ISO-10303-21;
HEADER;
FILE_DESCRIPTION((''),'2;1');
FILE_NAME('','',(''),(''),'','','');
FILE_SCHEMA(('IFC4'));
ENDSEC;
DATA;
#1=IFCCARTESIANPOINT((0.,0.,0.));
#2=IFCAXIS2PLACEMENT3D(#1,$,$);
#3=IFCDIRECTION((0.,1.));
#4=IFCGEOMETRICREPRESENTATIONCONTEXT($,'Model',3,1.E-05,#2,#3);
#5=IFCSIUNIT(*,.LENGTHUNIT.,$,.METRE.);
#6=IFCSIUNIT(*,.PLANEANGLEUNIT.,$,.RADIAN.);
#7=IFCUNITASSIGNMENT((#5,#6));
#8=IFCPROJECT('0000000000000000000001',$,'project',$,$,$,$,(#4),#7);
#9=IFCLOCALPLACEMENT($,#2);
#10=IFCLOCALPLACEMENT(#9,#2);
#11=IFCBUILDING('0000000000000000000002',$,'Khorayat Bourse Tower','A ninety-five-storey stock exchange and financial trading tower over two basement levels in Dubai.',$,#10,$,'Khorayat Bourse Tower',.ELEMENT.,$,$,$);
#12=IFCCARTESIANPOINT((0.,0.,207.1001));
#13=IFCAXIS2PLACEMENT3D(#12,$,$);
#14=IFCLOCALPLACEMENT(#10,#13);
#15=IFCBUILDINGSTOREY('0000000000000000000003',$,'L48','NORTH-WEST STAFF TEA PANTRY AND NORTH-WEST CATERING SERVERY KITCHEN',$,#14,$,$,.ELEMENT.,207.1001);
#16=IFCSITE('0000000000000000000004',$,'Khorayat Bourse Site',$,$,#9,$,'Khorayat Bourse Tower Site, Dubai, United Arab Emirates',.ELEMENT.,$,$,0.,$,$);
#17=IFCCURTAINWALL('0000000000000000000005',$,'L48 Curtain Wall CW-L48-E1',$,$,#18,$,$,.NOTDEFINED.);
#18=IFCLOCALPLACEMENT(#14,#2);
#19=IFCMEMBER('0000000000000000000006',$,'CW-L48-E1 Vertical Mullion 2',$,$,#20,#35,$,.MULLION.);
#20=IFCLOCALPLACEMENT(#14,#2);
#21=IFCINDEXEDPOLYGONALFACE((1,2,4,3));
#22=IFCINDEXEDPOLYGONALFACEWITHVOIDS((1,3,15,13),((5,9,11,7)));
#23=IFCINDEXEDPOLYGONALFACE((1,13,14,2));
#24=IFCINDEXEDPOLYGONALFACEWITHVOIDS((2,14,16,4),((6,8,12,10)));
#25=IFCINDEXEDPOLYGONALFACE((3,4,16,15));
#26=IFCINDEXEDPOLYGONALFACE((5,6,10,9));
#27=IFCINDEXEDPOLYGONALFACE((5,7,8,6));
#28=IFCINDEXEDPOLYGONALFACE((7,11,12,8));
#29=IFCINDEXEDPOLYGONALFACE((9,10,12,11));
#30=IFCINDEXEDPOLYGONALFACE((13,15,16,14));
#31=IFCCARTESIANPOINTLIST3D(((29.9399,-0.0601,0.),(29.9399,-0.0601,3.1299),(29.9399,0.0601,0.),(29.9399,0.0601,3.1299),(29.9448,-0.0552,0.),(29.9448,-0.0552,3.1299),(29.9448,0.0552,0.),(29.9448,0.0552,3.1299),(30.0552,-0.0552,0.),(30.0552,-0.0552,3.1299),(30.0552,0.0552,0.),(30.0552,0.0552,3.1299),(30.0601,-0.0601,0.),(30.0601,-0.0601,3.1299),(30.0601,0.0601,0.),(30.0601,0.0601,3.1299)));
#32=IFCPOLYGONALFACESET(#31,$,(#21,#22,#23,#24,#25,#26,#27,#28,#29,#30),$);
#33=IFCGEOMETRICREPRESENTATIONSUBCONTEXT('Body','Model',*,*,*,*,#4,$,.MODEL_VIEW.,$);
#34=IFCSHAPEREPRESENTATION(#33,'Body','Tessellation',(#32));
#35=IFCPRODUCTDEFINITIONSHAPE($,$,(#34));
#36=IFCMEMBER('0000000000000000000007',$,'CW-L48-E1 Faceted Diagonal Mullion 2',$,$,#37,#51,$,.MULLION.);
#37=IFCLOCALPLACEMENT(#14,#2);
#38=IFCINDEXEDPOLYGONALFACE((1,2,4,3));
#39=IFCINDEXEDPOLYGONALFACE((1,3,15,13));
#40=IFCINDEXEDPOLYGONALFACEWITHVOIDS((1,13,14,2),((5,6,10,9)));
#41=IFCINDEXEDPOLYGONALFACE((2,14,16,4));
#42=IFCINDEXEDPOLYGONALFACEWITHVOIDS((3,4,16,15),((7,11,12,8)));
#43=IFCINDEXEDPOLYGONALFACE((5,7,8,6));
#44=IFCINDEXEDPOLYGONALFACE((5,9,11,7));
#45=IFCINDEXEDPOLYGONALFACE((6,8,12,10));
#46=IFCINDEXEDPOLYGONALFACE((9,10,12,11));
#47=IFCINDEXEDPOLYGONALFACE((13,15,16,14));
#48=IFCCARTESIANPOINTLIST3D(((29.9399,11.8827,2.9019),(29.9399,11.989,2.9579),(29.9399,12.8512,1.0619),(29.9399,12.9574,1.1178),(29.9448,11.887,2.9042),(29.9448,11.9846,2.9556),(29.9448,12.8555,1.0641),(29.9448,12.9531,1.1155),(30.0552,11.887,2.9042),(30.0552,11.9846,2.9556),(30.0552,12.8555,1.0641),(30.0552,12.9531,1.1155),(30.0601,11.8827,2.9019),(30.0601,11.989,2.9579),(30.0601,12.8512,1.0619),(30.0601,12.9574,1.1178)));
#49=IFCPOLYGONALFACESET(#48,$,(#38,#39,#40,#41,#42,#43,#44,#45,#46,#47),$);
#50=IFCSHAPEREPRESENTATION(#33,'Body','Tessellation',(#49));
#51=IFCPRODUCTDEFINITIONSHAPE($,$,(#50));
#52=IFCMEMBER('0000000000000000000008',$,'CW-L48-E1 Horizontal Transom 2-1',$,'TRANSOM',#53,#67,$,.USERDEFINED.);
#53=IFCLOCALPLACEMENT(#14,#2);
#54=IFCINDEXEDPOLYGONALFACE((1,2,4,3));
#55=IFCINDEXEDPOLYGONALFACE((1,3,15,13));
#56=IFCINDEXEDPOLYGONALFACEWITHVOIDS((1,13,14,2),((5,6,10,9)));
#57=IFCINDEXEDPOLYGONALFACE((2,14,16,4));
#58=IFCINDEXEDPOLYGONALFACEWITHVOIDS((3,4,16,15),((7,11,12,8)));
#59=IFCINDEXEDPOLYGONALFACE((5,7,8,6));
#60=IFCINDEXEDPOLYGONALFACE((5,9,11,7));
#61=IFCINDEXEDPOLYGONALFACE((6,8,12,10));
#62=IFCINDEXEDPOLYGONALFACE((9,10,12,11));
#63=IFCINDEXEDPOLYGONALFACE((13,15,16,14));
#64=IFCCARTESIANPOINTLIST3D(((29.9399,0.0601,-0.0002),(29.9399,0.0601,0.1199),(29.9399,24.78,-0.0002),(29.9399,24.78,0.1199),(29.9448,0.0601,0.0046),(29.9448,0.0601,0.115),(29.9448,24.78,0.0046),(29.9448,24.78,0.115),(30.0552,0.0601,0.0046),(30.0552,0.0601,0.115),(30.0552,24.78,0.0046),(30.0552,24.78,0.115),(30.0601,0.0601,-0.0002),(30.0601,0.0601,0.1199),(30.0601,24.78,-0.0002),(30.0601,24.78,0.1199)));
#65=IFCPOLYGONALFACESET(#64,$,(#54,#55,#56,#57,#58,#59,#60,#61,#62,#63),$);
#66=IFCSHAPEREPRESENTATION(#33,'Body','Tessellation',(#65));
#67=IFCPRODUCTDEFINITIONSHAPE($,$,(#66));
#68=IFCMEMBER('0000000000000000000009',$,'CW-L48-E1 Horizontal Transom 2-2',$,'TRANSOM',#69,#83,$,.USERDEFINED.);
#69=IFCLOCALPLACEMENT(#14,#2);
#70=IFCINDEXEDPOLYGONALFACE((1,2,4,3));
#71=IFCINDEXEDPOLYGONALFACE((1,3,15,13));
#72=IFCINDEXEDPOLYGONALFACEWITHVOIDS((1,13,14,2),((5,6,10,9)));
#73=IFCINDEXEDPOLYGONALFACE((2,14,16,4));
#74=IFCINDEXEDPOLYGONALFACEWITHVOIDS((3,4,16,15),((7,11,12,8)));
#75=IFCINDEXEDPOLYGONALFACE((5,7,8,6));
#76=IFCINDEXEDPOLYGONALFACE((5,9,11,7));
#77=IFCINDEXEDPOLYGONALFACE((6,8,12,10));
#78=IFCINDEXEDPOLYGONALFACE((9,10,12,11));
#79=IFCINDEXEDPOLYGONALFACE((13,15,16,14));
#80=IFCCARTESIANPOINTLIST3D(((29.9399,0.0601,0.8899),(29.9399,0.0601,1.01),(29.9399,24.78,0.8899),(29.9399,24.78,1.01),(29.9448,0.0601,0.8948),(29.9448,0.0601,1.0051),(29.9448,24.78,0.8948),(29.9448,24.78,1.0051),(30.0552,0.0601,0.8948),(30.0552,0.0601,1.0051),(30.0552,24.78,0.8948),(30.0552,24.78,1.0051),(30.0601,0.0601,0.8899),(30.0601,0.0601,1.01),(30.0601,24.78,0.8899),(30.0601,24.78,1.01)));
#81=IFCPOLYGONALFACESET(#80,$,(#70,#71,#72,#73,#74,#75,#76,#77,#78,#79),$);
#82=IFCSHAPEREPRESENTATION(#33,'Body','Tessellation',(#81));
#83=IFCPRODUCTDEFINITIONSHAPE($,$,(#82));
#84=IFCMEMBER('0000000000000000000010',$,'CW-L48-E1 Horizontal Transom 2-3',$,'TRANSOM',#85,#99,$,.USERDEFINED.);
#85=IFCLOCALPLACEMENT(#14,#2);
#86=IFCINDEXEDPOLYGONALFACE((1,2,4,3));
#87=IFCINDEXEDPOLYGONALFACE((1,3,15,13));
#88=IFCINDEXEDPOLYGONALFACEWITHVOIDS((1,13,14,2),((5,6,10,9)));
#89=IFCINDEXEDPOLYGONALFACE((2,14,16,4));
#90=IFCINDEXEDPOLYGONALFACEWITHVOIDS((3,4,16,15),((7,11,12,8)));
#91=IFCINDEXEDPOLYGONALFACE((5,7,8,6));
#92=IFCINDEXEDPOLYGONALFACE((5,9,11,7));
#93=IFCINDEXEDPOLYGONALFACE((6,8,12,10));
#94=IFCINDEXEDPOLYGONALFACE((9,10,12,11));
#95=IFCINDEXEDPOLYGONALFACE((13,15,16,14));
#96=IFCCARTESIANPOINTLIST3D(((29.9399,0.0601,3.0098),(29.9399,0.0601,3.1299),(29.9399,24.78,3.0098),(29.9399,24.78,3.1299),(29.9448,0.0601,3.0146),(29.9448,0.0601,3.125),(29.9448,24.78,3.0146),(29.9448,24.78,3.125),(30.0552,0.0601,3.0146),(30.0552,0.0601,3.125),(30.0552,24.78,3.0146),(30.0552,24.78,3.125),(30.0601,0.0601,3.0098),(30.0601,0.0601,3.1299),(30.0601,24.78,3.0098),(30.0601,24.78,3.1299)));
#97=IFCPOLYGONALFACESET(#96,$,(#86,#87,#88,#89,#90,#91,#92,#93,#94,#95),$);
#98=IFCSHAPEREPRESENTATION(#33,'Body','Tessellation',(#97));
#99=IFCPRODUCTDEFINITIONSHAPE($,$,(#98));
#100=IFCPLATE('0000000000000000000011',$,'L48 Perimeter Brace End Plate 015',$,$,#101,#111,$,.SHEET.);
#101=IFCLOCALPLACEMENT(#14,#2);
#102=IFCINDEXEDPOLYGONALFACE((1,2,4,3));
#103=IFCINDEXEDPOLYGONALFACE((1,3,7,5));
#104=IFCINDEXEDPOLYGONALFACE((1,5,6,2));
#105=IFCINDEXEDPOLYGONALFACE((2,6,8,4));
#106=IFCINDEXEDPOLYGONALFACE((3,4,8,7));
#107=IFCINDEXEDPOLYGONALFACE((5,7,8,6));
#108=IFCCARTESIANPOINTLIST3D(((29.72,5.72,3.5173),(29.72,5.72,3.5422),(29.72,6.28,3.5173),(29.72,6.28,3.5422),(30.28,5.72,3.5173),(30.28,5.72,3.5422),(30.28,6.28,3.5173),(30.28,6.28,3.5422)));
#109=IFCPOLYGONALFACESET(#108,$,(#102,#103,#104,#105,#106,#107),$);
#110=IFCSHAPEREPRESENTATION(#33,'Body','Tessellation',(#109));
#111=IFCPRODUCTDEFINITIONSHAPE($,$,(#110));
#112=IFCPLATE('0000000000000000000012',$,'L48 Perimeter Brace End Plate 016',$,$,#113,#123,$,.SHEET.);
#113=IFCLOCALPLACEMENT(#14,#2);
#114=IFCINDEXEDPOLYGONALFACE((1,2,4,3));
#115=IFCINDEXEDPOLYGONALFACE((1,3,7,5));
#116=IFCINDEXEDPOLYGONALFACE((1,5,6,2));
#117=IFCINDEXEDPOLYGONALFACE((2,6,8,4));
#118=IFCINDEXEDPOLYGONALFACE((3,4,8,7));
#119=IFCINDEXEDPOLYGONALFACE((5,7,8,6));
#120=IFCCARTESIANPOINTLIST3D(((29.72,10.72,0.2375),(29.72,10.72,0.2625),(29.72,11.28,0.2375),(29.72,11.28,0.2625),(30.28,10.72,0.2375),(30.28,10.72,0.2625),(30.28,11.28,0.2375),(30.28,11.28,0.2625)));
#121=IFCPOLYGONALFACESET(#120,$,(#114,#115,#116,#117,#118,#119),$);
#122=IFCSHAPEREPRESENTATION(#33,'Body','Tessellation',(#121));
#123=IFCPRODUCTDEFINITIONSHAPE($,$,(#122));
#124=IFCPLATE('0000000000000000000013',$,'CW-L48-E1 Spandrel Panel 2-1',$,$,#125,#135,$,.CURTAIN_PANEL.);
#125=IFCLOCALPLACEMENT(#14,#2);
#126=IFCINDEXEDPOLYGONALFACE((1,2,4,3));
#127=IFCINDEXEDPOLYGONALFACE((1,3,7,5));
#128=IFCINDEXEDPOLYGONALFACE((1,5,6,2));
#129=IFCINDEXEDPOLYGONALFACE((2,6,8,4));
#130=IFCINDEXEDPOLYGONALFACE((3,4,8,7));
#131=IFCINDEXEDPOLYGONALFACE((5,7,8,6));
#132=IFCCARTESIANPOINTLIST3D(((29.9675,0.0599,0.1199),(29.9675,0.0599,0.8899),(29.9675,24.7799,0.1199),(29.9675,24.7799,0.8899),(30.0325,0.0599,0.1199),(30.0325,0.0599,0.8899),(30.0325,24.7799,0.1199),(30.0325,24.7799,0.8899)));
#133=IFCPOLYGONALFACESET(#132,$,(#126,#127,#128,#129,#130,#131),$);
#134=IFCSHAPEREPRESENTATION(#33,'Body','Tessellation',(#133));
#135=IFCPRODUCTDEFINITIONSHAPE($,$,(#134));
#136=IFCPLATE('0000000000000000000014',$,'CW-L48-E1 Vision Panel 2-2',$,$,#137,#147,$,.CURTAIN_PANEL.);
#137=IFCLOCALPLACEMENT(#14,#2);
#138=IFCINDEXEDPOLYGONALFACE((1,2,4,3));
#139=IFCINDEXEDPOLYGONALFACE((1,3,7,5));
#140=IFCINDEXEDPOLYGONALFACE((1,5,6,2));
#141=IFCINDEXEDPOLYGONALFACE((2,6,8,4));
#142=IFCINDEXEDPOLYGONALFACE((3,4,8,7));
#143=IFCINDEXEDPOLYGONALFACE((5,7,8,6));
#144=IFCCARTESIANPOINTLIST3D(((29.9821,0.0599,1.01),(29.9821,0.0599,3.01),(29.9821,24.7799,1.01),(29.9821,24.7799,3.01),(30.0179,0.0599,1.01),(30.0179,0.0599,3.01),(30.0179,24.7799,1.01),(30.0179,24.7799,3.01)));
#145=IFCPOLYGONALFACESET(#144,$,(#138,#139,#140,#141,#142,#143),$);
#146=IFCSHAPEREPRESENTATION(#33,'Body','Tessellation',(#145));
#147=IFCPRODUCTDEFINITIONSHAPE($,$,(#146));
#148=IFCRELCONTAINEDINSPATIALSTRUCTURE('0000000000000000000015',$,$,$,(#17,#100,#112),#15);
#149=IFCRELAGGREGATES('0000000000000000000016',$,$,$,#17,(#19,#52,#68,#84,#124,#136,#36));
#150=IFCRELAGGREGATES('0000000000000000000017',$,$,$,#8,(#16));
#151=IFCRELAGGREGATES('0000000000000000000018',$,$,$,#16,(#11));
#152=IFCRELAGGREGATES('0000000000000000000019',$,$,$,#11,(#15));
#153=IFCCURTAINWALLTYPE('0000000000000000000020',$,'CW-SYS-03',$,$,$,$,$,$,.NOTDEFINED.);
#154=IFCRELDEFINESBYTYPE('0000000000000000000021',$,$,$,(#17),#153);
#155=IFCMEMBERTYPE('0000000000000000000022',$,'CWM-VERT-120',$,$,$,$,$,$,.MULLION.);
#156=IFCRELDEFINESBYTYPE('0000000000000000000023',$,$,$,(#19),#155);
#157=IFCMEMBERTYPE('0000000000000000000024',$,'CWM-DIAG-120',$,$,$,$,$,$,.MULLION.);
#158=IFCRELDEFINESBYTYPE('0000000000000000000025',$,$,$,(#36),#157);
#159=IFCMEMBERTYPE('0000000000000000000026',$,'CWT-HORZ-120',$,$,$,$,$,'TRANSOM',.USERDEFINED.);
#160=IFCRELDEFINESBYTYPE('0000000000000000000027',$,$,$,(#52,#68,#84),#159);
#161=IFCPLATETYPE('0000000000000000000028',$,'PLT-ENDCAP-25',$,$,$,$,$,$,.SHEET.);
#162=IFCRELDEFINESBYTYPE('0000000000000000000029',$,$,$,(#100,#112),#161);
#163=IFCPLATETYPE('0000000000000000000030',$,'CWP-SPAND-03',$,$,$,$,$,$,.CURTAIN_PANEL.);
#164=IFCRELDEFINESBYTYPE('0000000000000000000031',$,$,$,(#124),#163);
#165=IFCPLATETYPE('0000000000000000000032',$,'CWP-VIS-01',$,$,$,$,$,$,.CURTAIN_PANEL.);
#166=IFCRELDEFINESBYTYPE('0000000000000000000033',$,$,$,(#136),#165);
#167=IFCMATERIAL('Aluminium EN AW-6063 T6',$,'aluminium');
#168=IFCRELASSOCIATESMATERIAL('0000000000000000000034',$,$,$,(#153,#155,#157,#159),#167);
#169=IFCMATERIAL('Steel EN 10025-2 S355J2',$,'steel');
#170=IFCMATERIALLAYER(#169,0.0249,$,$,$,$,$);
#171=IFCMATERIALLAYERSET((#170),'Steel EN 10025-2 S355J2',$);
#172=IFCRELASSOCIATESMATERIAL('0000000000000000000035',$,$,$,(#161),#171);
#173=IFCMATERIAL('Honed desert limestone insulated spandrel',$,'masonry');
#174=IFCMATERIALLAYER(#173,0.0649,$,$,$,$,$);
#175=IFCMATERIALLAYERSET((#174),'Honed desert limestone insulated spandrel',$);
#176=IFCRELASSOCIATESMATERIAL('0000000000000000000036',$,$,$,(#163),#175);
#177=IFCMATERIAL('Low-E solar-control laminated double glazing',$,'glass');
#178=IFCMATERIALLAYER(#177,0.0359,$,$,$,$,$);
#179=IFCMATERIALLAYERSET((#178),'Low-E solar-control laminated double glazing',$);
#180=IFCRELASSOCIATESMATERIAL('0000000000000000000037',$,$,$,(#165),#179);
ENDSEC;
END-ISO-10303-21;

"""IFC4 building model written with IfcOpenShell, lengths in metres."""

from ifc_helpers import new_model, si_unit, direction, frame, origin, origin_2d, place, context, subcontext, project, spatial, rectangle, hollow_rectangle, extrude, source, transform, mapped, material, layer, layer_set, material_profile, profile_set, type_object, element, aggregate, save


model = new_model("IFC4")

# Units and contexts
model_context = context("Model", 3, precision=1e-05, world=origin(), true_north=direction((0.0, 1.0)))
body_context = subcontext(model_context, "Body", "Model", "MODEL_VIEW")
ifc_project = project(units=[si_unit("LENGTHUNIT", "METRE"), si_unit("PLANEANGLEUNIT", "RADIAN")], contexts=[model_context])

# Site, building, storey
site_placement = place(None, origin())
site = spatial("IfcSite", under=ifc_project, at=site_placement, Name="Khorayat Bourse Site", LongName="Khorayat Bourse Tower Site, Dubai, United Arab Emirates", CompositionType="ELEMENT", RefElevation=0.0)
building_placement = place(site_placement, origin())
building = spatial("IfcBuilding", under=site, at=building_placement, Name="Khorayat Bourse Tower", Description="A ninety-five-storey stock exchange and financial trading tower over two basement levels in Dubai.", LongName="Khorayat Bourse Tower", CompositionType="ELEMENT")
storey_placement = place(building_placement, frame((0.0, 0.0, 207.1001)))
storey = spatial("IfcBuildingStorey", under=building, at=storey_placement, Name="L48", Description="NORTH-WEST STAFF TEA PANTRY AND NORTH-WEST CATERING SERVERY KITCHEN", CompositionType="ELEMENT", Elevation=207.1001)

# Curtain wall, members
ifc_material_1 = material(Name="Aluminium EN AW-6063 T6", Category="aluminium")
curtain_wall_type = type_object("IfcCurtainWallType", Name="CW-SYS-03", PredefinedType="NOTDEFINED", material=ifc_material_1)
curtain_wall_placement = place(storey_placement, origin())
curtain_wall = element("IfcCurtainWall", 1, at=curtain_wall_placement, inside=storey, type_object=curtain_wall_type, Name="L48 Curtain Wall CW-L48-E1", PredefinedType="NOTDEFINED")
ifc_material_profile_1 = material_profile(ifc_material_1, hollow_rectangle(XDim=0.1201, YDim=0.1201, WallThickness=0.0049, at=origin_2d()), Name="ALU 120x120x5")
ifc_profile_set_1 = profile_set([ifc_material_profile_1], Name="Aluminium EN AW-6063 T6")
member_type_1 = type_object("IfcMemberType", Name="CWM-VERT-120", PredefinedType="MULLION", material=ifc_profile_set_1)
shared_shape_1 = source(origin(), body_context, "Body", "SweptSolid", [
    extrude(hollow_rectangle(XDim=0.1201, YDim=0.1201, WallThickness=0.0049, at=origin_2d()), origin(), (0.0, 0.0, 1.0), 3.1299),
])
member_1_placement = place(storey_placement, frame((30.0, 0.0, 0.0), z_axis=(0.0, 0.0, 1.0), x_axis=(-1.0, 0.0, 0.0)))
member_1 = element("IfcMember", 2, at=member_1_placement, type_object=member_type_1, Name="CW-L48-E1 Vertical Mullion 2", PredefinedType="MULLION", context=body_context, shape_type="MappedRepresentation", body=[
    mapped(shared_shape_1, transform((0.0, 0.0, 0.0), scale=1.0)),
])
ifc_material_profile_2 = material_profile(ifc_material_1, hollow_rectangle(XDim=0.1201, YDim=0.1201, WallThickness=0.0049, at=origin_2d()), Name="ALU 120x120x5")
ifc_profile_set_2 = profile_set([ifc_material_profile_2], Name="Aluminium EN AW-6063 T6")
member_type_2 = type_object("IfcMemberType", Name="CWM-DIAG-120", PredefinedType="MULLION", material=ifc_profile_set_2)
shared_shape_2 = source(origin(), body_context, "Body", "SweptSolid", [
    extrude(hollow_rectangle(XDim=0.1201, YDim=0.1201, WallThickness=0.0049, at=origin_2d()), origin(), (0.0, 0.0, 1.0), 2.0793),
])
member_2_placement = place(storey_placement, frame((30.0, 12.9043, 1.0898), z_axis=(0.0, -0.465761, 0.884911), x_axis=(1.0, 0.0, 0.0)))
member_2 = element("IfcMember", 3, at=member_2_placement, type_object=member_type_2, Name="CW-L48-E1 Faceted Diagonal Mullion 2", PredefinedType="MULLION", context=body_context, shape_type="MappedRepresentation", body=[
    mapped(shared_shape_2, transform((0.0, 0.0, 0.0), scale=1.0)),
])
ifc_material_profile_3 = material_profile(ifc_material_1, hollow_rectangle(XDim=0.1201, YDim=0.1201, WallThickness=0.0049, at=origin_2d()), Name="ALU 120x120x5")
ifc_profile_set_3 = profile_set([ifc_material_profile_3], Name="Aluminium EN AW-6063 T6")
member_type_3 = type_object("IfcMemberType", Name="CWT-HORZ-120", ElementType="TRANSOM", PredefinedType="USERDEFINED", material=ifc_profile_set_3)
shared_shape_3 = source(origin(), body_context, "Body", "SweptSolid", [
    extrude(hollow_rectangle(XDim=0.1201, YDim=0.1201, WallThickness=0.0049, at=origin_2d()), origin(), (0.0, 0.0, 1.0), 24.72),
])
member_3_placement = place(storey_placement, frame((30.0, 0.0601, 0.0598), z_axis=(0.0, 1.0, 0.0), x_axis=(-1.0, 0.0, 0.0)))
member_3 = element("IfcMember", 4, at=member_3_placement, type_object=member_type_3, Name="CW-L48-E1 Horizontal Transom 2-1", ObjectType="TRANSOM", PredefinedType="USERDEFINED", context=body_context, shape_type="MappedRepresentation", body=[
    mapped(shared_shape_3, transform((0.0, 0.0, 0.0), scale=1.0)),
])
member_4_placement = place(storey_placement, frame((30.0, 0.0601, 0.95), z_axis=(0.0, 1.0, 0.0), x_axis=(-1.0, 0.0, 0.0)))
member_4 = element("IfcMember", 5, at=member_4_placement, type_object=member_type_3, Name="CW-L48-E1 Horizontal Transom 2-2", ObjectType="TRANSOM", PredefinedType="USERDEFINED", context=body_context, shape_type="MappedRepresentation", body=[
    mapped(shared_shape_3, transform((0.0, 0.0, 0.0), scale=1.0)),
])
member_5_placement = place(storey_placement, frame((30.0, 0.0601, 3.0698), z_axis=(0.0, 1.0, 0.0), x_axis=(-1.0, 0.0, 0.0)))
member_5 = element("IfcMember", 6, at=member_5_placement, type_object=member_type_3, Name="CW-L48-E1 Horizontal Transom 2-3", ObjectType="TRANSOM", PredefinedType="USERDEFINED", context=body_context, shape_type="MappedRepresentation", body=[
    mapped(shared_shape_3, transform((0.0, 0.0, 0.0), scale=1.0)),
])

# Plates
ifc_material_2 = material(Name="Steel EN 10025-2 S355J2", Category="steel")
ifc_layer_1 = layer(ifc_material_2, 0.0249)
ifc_layer_set_1 = layer_set([ifc_layer_1], Name="Steel EN 10025-2 S355J2")
plate_type_1 = type_object("IfcPlateType", Name="PLT-ENDCAP-25", PredefinedType="SHEET", material=ifc_layer_set_1)
shared_shape_4 = source(origin(), body_context, "Body", "SweptSolid", [
    extrude(rectangle(XDim=0.5601, YDim=0.5601, at=origin_2d()), origin(), (0.0, 0.0, 1.0), 0.0249),
])
for number, where, z_axis, x_axis, name in (
    (7, (30.0, 6.0, 3.5173), (0.0, 0.0, 1.0), (1.0, 0.0, 0.0), "L48 Perimeter Brace End Plate 015"),
    (8, (30.0, 11.0, 0.2375), (0.0, 0.0, 1.0), (1.0, 0.0, 0.0), "L48 Perimeter Brace End Plate 016"),
):
    element("IfcPlate", number, at=place(storey_placement, frame(where, z_axis=z_axis, x_axis=x_axis)), inside=storey, type_object=plate_type_1, Name=name, PredefinedType="SHEET", context=body_context, shape_type="MappedRepresentation", body=[
        mapped(shared_shape_4, transform((0.0, 0.0, 0.0), scale=1.0)),
    ])

# Plates
ifc_material_3 = material(Name="Honed desert limestone insulated spandrel", Category="masonry")
ifc_layer_2 = layer(ifc_material_3, 0.0649)
ifc_layer_set_2 = layer_set([ifc_layer_2], Name="Honed desert limestone insulated spandrel")
plate_type_2 = type_object("IfcPlateType", Name="CWP-SPAND-03", PredefinedType="CURTAIN_PANEL", material=ifc_layer_set_2)
shared_shape_5 = source(origin(), body_context, "Body", "SweptSolid", [
    extrude(rectangle(XDim=24.72, YDim=0.0649, at=origin_2d()), origin(), (0.0, 0.0, 1.0), 0.77),
])
plate_1_placement = place(storey_placement, frame((30.0, 12.4199, 0.1199), z_axis=(0.0, 0.0, 1.0), x_axis=(0.0, 1.0, 0.0)))
plate_1 = element("IfcPlate", 9, at=plate_1_placement, type_object=plate_type_2, Name="CW-L48-E1 Spandrel Panel 2-1", PredefinedType="CURTAIN_PANEL", context=body_context, shape_type="MappedRepresentation", body=[
    mapped(shared_shape_5, transform((0.0, 0.0, 0.0), scale=1.0)),
])
ifc_material_4 = material(Name="Low-E solar-control laminated double glazing", Category="glass")
ifc_layer_3 = layer(ifc_material_4, 0.0359)
ifc_layer_set_3 = layer_set([ifc_layer_3], Name="Low-E solar-control laminated double glazing")
plate_type_3 = type_object("IfcPlateType", Name="CWP-VIS-01", PredefinedType="CURTAIN_PANEL", material=ifc_layer_set_3)
shared_shape_6 = source(origin(), body_context, "Body", "SweptSolid", [
    extrude(rectangle(XDim=24.72, YDim=0.0359, at=origin_2d()), origin(), (0.0, 0.0, 1.0), 2.0),
])
plate_2_placement = place(storey_placement, frame((30.0, 12.4199, 1.01), z_axis=(0.0, 0.0, 1.0), x_axis=(0.0, 1.0, 0.0)))
plate_2 = element("IfcPlate", 10, at=plate_2_placement, type_object=plate_type_3, Name="CW-L48-E1 Vision Panel 2-2", PredefinedType="CURTAIN_PANEL", context=body_context, shape_type="MappedRepresentation", body=[
    mapped(shared_shape_6, transform((0.0, 0.0, 0.0), scale=1.0)),
])
aggregate(curtain_wall, [member_1, member_3, member_4, member_5, plate_1, plate_2, member_2])

save(model, "model.ifc")
